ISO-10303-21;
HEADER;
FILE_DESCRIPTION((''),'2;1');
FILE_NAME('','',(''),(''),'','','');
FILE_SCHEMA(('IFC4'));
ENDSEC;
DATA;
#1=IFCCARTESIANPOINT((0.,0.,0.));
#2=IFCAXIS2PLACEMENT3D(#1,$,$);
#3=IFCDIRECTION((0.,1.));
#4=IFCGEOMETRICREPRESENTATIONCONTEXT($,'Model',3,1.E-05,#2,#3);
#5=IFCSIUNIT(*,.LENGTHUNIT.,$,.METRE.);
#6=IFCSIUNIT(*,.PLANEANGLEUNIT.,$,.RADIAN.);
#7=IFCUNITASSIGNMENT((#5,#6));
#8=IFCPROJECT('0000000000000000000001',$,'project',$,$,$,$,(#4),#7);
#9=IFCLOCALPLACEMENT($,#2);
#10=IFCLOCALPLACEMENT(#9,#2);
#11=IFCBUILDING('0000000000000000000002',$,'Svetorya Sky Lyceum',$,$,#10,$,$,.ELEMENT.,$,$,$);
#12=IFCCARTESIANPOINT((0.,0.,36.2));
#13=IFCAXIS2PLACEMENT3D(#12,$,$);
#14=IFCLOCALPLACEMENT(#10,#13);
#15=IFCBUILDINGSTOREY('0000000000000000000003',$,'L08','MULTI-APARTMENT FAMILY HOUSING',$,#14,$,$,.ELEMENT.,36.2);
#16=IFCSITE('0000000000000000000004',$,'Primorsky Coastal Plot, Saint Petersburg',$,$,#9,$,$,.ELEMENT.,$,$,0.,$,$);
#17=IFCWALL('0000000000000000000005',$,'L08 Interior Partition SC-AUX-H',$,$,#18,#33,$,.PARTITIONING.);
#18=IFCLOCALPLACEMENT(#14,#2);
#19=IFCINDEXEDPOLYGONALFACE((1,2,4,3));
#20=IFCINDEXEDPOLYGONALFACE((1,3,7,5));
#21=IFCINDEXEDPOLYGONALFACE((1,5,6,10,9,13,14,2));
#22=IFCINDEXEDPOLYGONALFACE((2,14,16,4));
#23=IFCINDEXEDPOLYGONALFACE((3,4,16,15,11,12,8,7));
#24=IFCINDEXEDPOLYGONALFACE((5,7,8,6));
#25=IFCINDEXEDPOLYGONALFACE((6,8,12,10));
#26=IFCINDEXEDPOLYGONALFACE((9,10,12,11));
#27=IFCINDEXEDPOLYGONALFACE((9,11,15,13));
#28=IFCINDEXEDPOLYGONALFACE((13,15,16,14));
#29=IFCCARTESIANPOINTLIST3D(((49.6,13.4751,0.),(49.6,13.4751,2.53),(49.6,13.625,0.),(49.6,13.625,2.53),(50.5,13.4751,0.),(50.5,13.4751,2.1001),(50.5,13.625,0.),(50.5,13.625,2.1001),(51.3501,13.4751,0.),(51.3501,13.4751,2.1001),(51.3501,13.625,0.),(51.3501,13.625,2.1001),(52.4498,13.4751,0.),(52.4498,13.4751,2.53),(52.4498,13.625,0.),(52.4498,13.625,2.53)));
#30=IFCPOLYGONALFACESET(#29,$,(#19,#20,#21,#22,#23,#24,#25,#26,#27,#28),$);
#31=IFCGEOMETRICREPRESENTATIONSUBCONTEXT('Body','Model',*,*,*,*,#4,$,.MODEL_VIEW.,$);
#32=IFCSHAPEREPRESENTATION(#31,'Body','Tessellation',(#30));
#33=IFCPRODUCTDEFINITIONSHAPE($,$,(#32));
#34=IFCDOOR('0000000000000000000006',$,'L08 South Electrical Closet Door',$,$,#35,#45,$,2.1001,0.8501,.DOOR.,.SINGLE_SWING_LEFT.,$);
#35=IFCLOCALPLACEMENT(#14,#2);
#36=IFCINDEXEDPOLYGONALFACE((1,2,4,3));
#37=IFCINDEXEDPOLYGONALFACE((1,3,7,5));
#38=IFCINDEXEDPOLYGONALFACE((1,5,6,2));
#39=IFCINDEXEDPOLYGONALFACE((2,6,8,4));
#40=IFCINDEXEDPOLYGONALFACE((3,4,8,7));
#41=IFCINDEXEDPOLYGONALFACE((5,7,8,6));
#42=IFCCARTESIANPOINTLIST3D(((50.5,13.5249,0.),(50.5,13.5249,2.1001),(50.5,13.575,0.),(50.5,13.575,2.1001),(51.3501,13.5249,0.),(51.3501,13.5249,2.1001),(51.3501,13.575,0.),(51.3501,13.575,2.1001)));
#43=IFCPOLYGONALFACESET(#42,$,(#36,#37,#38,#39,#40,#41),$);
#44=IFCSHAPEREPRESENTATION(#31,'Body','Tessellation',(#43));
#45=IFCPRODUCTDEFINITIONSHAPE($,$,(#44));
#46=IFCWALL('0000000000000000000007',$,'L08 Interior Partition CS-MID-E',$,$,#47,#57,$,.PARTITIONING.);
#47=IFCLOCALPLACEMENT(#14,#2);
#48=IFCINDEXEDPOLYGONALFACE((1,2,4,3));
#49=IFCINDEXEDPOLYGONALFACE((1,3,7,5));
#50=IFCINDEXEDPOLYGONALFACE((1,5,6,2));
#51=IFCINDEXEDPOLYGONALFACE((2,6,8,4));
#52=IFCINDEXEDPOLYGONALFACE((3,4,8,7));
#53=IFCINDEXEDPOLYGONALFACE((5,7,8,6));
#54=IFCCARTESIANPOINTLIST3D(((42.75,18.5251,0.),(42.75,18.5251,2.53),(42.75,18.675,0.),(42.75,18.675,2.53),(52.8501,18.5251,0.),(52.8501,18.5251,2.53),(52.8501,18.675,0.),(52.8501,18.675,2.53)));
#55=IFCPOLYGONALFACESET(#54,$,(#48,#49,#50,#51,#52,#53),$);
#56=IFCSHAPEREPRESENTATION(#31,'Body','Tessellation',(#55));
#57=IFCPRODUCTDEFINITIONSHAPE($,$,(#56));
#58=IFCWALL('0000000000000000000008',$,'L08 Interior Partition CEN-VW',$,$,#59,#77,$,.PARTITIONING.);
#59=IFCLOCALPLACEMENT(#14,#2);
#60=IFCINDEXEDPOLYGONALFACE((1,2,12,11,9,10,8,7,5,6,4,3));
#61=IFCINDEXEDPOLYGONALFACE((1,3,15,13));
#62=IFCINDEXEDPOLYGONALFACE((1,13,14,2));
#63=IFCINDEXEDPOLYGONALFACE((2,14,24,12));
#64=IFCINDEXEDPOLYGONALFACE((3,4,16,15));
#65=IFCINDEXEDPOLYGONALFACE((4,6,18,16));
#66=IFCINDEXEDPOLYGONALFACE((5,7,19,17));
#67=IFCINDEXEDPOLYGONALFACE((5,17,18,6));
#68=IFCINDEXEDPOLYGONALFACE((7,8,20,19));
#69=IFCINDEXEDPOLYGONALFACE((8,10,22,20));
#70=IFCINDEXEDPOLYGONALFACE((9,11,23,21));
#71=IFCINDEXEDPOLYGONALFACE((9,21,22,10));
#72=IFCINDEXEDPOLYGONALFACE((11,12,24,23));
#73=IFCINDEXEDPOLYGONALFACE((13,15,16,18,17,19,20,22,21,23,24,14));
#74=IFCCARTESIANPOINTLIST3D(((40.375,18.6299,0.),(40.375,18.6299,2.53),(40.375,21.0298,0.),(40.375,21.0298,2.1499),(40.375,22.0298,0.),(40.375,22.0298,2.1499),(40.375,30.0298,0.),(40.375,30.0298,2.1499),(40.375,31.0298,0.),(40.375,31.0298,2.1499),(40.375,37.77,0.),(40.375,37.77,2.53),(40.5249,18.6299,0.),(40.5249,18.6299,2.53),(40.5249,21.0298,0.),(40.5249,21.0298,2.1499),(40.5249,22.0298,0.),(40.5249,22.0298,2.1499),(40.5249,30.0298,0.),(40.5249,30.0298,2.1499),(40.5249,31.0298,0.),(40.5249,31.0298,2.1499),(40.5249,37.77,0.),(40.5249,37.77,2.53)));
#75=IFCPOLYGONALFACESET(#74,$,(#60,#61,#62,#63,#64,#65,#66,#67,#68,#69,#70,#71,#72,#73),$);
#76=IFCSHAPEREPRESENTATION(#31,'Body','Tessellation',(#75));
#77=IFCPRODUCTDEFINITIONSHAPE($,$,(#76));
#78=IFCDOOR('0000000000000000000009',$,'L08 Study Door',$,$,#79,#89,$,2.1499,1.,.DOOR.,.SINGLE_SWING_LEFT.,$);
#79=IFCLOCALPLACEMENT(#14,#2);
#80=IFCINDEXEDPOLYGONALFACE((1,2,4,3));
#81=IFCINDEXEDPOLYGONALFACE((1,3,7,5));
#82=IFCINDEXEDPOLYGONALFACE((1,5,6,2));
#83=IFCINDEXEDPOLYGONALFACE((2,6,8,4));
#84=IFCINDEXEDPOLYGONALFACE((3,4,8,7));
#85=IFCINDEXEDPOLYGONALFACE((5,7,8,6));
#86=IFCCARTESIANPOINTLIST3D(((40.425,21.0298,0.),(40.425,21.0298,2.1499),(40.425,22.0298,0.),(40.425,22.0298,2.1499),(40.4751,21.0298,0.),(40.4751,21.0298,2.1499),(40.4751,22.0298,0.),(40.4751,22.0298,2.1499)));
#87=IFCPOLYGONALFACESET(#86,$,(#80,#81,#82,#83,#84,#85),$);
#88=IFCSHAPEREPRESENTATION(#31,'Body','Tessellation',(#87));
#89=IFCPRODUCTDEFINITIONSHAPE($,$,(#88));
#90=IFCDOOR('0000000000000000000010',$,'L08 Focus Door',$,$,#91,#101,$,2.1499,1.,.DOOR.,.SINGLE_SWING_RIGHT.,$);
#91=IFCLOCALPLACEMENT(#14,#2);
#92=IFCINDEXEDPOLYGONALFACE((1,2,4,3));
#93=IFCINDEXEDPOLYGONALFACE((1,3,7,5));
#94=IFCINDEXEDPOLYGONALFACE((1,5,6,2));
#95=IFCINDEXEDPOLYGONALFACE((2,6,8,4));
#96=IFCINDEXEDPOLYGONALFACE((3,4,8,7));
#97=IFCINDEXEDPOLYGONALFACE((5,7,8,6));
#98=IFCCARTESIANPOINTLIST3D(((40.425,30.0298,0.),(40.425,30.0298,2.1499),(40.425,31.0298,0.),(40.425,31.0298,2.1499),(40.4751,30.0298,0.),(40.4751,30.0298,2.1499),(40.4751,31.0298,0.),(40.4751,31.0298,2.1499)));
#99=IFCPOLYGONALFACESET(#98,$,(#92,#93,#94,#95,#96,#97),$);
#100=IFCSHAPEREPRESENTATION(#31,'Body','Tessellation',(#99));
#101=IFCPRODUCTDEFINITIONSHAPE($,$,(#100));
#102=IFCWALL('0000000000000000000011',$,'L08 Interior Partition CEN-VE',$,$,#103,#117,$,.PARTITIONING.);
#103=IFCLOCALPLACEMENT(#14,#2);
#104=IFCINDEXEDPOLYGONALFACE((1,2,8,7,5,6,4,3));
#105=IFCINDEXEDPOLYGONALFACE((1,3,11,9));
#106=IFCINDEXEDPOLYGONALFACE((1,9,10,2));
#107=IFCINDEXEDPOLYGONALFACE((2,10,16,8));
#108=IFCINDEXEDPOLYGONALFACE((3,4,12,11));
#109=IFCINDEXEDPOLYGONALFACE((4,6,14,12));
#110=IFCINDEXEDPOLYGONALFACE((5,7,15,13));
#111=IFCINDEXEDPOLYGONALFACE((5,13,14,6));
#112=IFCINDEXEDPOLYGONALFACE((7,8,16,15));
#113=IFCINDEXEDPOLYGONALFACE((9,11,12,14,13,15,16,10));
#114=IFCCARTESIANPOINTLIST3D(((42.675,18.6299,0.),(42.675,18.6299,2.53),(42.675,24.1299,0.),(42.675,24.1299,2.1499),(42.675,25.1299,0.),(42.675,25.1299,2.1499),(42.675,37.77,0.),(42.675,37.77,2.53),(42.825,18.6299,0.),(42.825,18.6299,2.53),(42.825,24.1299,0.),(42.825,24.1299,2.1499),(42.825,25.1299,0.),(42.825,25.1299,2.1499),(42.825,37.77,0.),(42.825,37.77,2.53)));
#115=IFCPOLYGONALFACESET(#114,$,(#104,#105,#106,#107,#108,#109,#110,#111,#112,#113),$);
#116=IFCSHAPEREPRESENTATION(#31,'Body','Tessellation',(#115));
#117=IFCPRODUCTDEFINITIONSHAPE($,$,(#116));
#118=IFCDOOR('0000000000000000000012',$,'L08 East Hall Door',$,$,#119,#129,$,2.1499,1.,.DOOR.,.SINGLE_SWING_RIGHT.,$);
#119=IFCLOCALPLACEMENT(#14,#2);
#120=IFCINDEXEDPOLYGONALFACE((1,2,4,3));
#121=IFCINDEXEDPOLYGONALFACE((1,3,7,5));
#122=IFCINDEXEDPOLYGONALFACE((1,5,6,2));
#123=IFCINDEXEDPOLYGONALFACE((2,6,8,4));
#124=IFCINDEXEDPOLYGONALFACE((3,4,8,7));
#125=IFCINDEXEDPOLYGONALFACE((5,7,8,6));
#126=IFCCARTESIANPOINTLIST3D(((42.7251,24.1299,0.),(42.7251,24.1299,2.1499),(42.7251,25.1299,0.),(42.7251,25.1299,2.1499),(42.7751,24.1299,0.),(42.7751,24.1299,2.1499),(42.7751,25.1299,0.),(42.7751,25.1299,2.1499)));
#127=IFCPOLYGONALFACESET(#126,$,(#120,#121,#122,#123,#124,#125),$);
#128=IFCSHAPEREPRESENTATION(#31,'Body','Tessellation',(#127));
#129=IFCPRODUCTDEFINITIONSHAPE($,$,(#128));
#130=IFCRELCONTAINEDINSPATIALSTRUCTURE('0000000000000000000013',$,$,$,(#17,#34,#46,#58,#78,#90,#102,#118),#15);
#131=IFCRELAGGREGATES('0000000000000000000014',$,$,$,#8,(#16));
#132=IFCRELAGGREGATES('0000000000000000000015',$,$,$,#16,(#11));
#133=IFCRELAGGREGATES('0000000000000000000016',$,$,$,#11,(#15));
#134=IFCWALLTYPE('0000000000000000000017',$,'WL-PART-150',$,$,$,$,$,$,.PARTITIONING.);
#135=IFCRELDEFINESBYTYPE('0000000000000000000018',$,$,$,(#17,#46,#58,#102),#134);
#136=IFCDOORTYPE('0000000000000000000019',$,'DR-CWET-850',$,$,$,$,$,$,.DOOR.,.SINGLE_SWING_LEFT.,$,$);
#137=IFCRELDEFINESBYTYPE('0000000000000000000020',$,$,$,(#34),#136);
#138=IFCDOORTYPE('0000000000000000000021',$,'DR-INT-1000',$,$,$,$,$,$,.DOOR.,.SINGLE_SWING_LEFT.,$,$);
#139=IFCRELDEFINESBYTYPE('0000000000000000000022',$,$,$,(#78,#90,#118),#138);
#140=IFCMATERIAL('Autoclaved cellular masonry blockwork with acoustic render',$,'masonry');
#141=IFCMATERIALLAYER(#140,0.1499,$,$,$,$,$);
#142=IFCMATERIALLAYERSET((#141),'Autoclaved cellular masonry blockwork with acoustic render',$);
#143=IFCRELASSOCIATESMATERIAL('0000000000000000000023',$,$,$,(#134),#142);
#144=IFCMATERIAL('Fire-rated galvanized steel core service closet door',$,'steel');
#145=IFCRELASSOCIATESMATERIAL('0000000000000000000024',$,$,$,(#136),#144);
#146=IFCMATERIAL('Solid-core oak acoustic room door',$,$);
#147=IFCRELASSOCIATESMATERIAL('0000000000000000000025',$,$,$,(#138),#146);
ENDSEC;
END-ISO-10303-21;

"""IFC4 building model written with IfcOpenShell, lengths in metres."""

from ifc_helpers import new_model, si_unit, direction, frame, frame_2d, origin, place, context, subcontext, project, spatial, rectangle, extrude, material, layer, layer_set, type_object, element, fill, save


model = new_model("IFC4")

# Units and contexts
model_context = context("Model", 3, precision=1e-05, world=origin(), true_north=direction((0.0, 1.0)))
body_context = subcontext(model_context, "Body", "Model", "MODEL_VIEW")
ifc_project = project(units=[si_unit("LENGTHUNIT", "METRE"), si_unit("PLANEANGLEUNIT", "RADIAN")], contexts=[model_context])

# Site, building, storey
site_placement = place(None, origin())
site = spatial("IfcSite", under=ifc_project, at=site_placement, Name="Primorsky Coastal Plot, Saint Petersburg", CompositionType="ELEMENT", RefElevation=0.0)
building_placement = place(site_placement, origin())
building = spatial("IfcBuilding", under=site, at=building_placement, Name="Svetorya Sky Lyceum", CompositionType="ELEMENT")
storey_placement = place(building_placement, frame((0.0, 0.0, 36.2)))
storey = spatial("IfcBuildingStorey", under=building, at=storey_placement, Name="L08", Description="MULTI-APARTMENT FAMILY HOUSING", CompositionType="ELEMENT", Elevation=36.2)

# Shared definitions
ifc_material_1 = material(Name="Autoclaved cellular masonry blockwork with acoustic render", Category="masonry")
ifc_layer_1 = layer(ifc_material_1, 0.1499)
ifc_layer_set_1 = layer_set([ifc_layer_1], Name="Autoclaved cellular masonry blockwork with acoustic render")
wall_type_1 = type_object("IfcWallType", Name="WL-PART-150", PredefinedType="PARTITIONING", material=ifc_layer_set_1)

# Wall, opening, door
wall_1_placement = place(storey_placement, frame((49.6001, 13.55, 0.0), z_axis=(0.0, 0.0, 1.0), x_axis=(1.0, 0.0, 0.0)))
wall_1 = element("IfcWall", 1, at=wall_1_placement, inside=storey, type_object=wall_type_1, Name="L08 Interior Partition SC-AUX-H", PredefinedType="PARTITIONING", context=body_context, shape_type="SweptSolid", body=[
    extrude(rectangle(XDim=2.8499, YDim=0.1499, at=frame_2d((1.4248, 0.0))), origin(), (0.0, 0.0, 1.0), 2.53),
])
opening_1_placement = place(wall_1_placement, frame((0.8999, 0.0, 0.0)))
opening_1 = element("IfcOpeningElement", 2, at=opening_1_placement, cuts=wall_1, PredefinedType="OPENING", context=body_context, shape_type="SweptSolid", body=[
    extrude(rectangle(XDim=0.8501, YDim=2.1001, at=frame_2d((0.425, 1.05))), frame((0.0, 0.085, 0.0), z_axis=(0.0, -1.0, 0.0), x_axis=(1.0, 0.0, 0.0)), (0.0, 0.0, 1.0), 0.1699),
])
ifc_material_2 = material(Name="Fire-rated galvanized steel core service closet door", Category="steel")
door_type_1 = type_object("IfcDoorType", Name="DR-CWET-850", OperationType="SINGLE_SWING_LEFT", PredefinedType="DOOR", material=ifc_material_2)
door_1_placement = place(opening_1_placement, origin())
door_1 = element("IfcDoor", 3, at=door_1_placement, inside=storey, type_object=door_type_1, Name="L08 South Electrical Closet Door", OperationType="SINGLE_SWING_LEFT", OverallHeight=2.1001, OverallWidth=0.8501, PredefinedType="DOOR", context=body_context, shape_type="SweptSolid", body=[
    extrude(rectangle(XDim=0.8501, YDim=2.1001, at=frame_2d((0.425, 1.05))), frame((0.0, 0.0249, 0.0), z_axis=(0.0, -1.0, 0.0), x_axis=(1.0, 0.0, 0.0)), (0.0, 0.0, 1.0), 0.05),
])
fill(opening_1, door_1)

# Wall
wall_2_placement = place(storey_placement, frame((42.75, 18.6001, 0.0), z_axis=(0.0, 0.0, 1.0), x_axis=(1.0, 0.0, 0.0)))
element("IfcWall", 4, at=wall_2_placement, inside=storey, type_object=wall_type_1, Name="L08 Interior Partition CS-MID-E", PredefinedType="PARTITIONING", context=body_context, shape_type="SweptSolid", body=[
    extrude(rectangle(XDim=10.1001, YDim=0.1499, at=frame_2d((5.05, 0.0))), origin(), (0.0, 0.0, 1.0), 2.53),
])

# Wall, openings, doors
wall_3_placement = place(storey_placement, frame((40.45, 18.6299, 0.0), z_axis=(0.0, 0.0, 1.0), x_axis=(0.0, 1.0, 0.0)))
wall_3 = element("IfcWall", 5, at=wall_3_placement, inside=storey, type_object=wall_type_1, Name="L08 Interior Partition CEN-VW", PredefinedType="PARTITIONING", context=body_context, shape_type="SweptSolid", body=[
    extrude(rectangle(XDim=19.1401, YDim=0.1499, at=frame_2d((9.5701, 0.0))), origin(), (0.0, 0.0, 1.0), 2.53),
])
opening_2_placement = place(wall_3_placement, frame((2.3999, 0.0, 0.0)))
opening_2 = element("IfcOpeningElement", 6, at=opening_2_placement, cuts=wall_3, PredefinedType="OPENING", context=body_context, shape_type="SweptSolid", body=[
    extrude(rectangle(XDim=1.0, YDim=2.1499, at=frame_2d((0.5, 1.075))), frame((0.0, 0.085, 0.0), z_axis=(0.0, -1.0, 0.0), x_axis=(1.0, 0.0, 0.0)), (0.0, 0.0, 1.0), 0.1699),
])
opening_3_placement = place(wall_3_placement, frame((11.3999, 0.0, 0.0)))
opening_3 = element("IfcOpeningElement", 7, at=opening_3_placement, cuts=wall_3, PredefinedType="OPENING", context=body_context, shape_type="SweptSolid", body=[
    extrude(rectangle(XDim=1.0, YDim=2.1499, at=frame_2d((0.5, 1.075))), frame((0.0, 0.085, 0.0), z_axis=(0.0, -1.0, 0.0), x_axis=(1.0, 0.0, 0.0)), (0.0, 0.0, 1.0), 0.1699),
])
ifc_material_3 = material(Name="Solid-core oak acoustic room door")
door_type_2 = type_object("IfcDoorType", Name="DR-INT-1000", OperationType="SINGLE_SWING_LEFT", PredefinedType="DOOR", material=ifc_material_3)
door_2_placement = place(opening_2_placement, origin())
door_2 = element("IfcDoor", 8, at=door_2_placement, inside=storey, type_object=door_type_2, Name="L08 Study Door", OperationType="SINGLE_SWING_LEFT", OverallHeight=2.1499, OverallWidth=1.0, PredefinedType="DOOR", context=body_context, shape_type="SweptSolid", body=[
    extrude(rectangle(XDim=1.0, YDim=2.1499, at=frame_2d((0.5, 1.075))), frame((0.0, 0.0249, 0.0), z_axis=(0.0, -1.0, 0.0), x_axis=(1.0, 0.0, 0.0)), (0.0, 0.0, 1.0), 0.05),
])
fill(opening_2, door_2)
door_3_placement = place(opening_3_placement, origin())
door_3 = element("IfcDoor", 9, at=door_3_placement, inside=storey, type_object=door_type_2, Name="L08 Focus Door", OperationType="SINGLE_SWING_RIGHT", OverallHeight=2.1499, OverallWidth=1.0, PredefinedType="DOOR", context=body_context, shape_type="SweptSolid", body=[
    extrude(rectangle(XDim=1.0, YDim=2.1499, at=frame_2d((0.5, 1.075))), frame((0.0, 0.0249, 0.0), z_axis=(0.0, -1.0, 0.0), x_axis=(1.0, 0.0, 0.0)), (0.0, 0.0, 1.0), 0.05),
])
fill(opening_3, door_3)

# Wall, opening, door
wall_4_placement = place(storey_placement, frame((42.75, 18.6299, 0.0), z_axis=(0.0, 0.0, 1.0), x_axis=(0.0, 1.0, 0.0)))
wall_4 = element("IfcWall", 10, at=wall_4_placement, inside=storey, type_object=wall_type_1, Name="L08 Interior Partition CEN-VE", PredefinedType="PARTITIONING", context=body_context, shape_type="SweptSolid", body=[
    extrude(rectangle(XDim=19.1401, YDim=0.1499, at=frame_2d((9.5701, 0.0))), origin(), (0.0, 0.0, 1.0), 2.53),
])
opening_4_placement = place(wall_4_placement, frame((5.5, 0.0, 0.0)))
opening_4 = element("IfcOpeningElement", 11, at=opening_4_placement, cuts=wall_4, PredefinedType="OPENING", context=body_context, shape_type="SweptSolid", body=[
    extrude(rectangle(XDim=1.0, YDim=2.1499, at=frame_2d((0.5, 1.075))), frame((0.0, 0.085, 0.0), z_axis=(0.0, -1.0, 0.0), x_axis=(1.0, 0.0, 0.0)), (0.0, 0.0, 1.0), 0.1699),
])
door_4_placement = place(opening_4_placement, origin())
door_4 = element("IfcDoor", 12, at=door_4_placement, inside=storey, type_object=door_type_2, Name="L08 East Hall Door", OperationType="SINGLE_SWING_RIGHT", OverallHeight=2.1499, OverallWidth=1.0, PredefinedType="DOOR", context=body_context, shape_type="SweptSolid", body=[
    extrude(rectangle(XDim=1.0, YDim=2.1499, at=frame_2d((0.5, 1.075))), frame((0.0, 0.0249, 0.0), z_axis=(0.0, -1.0, 0.0), x_axis=(1.0, 0.0, 0.0)), (0.0, 0.0, 1.0), 0.05),
])
fill(opening_4, door_4)

save(model, "model.ifc")
